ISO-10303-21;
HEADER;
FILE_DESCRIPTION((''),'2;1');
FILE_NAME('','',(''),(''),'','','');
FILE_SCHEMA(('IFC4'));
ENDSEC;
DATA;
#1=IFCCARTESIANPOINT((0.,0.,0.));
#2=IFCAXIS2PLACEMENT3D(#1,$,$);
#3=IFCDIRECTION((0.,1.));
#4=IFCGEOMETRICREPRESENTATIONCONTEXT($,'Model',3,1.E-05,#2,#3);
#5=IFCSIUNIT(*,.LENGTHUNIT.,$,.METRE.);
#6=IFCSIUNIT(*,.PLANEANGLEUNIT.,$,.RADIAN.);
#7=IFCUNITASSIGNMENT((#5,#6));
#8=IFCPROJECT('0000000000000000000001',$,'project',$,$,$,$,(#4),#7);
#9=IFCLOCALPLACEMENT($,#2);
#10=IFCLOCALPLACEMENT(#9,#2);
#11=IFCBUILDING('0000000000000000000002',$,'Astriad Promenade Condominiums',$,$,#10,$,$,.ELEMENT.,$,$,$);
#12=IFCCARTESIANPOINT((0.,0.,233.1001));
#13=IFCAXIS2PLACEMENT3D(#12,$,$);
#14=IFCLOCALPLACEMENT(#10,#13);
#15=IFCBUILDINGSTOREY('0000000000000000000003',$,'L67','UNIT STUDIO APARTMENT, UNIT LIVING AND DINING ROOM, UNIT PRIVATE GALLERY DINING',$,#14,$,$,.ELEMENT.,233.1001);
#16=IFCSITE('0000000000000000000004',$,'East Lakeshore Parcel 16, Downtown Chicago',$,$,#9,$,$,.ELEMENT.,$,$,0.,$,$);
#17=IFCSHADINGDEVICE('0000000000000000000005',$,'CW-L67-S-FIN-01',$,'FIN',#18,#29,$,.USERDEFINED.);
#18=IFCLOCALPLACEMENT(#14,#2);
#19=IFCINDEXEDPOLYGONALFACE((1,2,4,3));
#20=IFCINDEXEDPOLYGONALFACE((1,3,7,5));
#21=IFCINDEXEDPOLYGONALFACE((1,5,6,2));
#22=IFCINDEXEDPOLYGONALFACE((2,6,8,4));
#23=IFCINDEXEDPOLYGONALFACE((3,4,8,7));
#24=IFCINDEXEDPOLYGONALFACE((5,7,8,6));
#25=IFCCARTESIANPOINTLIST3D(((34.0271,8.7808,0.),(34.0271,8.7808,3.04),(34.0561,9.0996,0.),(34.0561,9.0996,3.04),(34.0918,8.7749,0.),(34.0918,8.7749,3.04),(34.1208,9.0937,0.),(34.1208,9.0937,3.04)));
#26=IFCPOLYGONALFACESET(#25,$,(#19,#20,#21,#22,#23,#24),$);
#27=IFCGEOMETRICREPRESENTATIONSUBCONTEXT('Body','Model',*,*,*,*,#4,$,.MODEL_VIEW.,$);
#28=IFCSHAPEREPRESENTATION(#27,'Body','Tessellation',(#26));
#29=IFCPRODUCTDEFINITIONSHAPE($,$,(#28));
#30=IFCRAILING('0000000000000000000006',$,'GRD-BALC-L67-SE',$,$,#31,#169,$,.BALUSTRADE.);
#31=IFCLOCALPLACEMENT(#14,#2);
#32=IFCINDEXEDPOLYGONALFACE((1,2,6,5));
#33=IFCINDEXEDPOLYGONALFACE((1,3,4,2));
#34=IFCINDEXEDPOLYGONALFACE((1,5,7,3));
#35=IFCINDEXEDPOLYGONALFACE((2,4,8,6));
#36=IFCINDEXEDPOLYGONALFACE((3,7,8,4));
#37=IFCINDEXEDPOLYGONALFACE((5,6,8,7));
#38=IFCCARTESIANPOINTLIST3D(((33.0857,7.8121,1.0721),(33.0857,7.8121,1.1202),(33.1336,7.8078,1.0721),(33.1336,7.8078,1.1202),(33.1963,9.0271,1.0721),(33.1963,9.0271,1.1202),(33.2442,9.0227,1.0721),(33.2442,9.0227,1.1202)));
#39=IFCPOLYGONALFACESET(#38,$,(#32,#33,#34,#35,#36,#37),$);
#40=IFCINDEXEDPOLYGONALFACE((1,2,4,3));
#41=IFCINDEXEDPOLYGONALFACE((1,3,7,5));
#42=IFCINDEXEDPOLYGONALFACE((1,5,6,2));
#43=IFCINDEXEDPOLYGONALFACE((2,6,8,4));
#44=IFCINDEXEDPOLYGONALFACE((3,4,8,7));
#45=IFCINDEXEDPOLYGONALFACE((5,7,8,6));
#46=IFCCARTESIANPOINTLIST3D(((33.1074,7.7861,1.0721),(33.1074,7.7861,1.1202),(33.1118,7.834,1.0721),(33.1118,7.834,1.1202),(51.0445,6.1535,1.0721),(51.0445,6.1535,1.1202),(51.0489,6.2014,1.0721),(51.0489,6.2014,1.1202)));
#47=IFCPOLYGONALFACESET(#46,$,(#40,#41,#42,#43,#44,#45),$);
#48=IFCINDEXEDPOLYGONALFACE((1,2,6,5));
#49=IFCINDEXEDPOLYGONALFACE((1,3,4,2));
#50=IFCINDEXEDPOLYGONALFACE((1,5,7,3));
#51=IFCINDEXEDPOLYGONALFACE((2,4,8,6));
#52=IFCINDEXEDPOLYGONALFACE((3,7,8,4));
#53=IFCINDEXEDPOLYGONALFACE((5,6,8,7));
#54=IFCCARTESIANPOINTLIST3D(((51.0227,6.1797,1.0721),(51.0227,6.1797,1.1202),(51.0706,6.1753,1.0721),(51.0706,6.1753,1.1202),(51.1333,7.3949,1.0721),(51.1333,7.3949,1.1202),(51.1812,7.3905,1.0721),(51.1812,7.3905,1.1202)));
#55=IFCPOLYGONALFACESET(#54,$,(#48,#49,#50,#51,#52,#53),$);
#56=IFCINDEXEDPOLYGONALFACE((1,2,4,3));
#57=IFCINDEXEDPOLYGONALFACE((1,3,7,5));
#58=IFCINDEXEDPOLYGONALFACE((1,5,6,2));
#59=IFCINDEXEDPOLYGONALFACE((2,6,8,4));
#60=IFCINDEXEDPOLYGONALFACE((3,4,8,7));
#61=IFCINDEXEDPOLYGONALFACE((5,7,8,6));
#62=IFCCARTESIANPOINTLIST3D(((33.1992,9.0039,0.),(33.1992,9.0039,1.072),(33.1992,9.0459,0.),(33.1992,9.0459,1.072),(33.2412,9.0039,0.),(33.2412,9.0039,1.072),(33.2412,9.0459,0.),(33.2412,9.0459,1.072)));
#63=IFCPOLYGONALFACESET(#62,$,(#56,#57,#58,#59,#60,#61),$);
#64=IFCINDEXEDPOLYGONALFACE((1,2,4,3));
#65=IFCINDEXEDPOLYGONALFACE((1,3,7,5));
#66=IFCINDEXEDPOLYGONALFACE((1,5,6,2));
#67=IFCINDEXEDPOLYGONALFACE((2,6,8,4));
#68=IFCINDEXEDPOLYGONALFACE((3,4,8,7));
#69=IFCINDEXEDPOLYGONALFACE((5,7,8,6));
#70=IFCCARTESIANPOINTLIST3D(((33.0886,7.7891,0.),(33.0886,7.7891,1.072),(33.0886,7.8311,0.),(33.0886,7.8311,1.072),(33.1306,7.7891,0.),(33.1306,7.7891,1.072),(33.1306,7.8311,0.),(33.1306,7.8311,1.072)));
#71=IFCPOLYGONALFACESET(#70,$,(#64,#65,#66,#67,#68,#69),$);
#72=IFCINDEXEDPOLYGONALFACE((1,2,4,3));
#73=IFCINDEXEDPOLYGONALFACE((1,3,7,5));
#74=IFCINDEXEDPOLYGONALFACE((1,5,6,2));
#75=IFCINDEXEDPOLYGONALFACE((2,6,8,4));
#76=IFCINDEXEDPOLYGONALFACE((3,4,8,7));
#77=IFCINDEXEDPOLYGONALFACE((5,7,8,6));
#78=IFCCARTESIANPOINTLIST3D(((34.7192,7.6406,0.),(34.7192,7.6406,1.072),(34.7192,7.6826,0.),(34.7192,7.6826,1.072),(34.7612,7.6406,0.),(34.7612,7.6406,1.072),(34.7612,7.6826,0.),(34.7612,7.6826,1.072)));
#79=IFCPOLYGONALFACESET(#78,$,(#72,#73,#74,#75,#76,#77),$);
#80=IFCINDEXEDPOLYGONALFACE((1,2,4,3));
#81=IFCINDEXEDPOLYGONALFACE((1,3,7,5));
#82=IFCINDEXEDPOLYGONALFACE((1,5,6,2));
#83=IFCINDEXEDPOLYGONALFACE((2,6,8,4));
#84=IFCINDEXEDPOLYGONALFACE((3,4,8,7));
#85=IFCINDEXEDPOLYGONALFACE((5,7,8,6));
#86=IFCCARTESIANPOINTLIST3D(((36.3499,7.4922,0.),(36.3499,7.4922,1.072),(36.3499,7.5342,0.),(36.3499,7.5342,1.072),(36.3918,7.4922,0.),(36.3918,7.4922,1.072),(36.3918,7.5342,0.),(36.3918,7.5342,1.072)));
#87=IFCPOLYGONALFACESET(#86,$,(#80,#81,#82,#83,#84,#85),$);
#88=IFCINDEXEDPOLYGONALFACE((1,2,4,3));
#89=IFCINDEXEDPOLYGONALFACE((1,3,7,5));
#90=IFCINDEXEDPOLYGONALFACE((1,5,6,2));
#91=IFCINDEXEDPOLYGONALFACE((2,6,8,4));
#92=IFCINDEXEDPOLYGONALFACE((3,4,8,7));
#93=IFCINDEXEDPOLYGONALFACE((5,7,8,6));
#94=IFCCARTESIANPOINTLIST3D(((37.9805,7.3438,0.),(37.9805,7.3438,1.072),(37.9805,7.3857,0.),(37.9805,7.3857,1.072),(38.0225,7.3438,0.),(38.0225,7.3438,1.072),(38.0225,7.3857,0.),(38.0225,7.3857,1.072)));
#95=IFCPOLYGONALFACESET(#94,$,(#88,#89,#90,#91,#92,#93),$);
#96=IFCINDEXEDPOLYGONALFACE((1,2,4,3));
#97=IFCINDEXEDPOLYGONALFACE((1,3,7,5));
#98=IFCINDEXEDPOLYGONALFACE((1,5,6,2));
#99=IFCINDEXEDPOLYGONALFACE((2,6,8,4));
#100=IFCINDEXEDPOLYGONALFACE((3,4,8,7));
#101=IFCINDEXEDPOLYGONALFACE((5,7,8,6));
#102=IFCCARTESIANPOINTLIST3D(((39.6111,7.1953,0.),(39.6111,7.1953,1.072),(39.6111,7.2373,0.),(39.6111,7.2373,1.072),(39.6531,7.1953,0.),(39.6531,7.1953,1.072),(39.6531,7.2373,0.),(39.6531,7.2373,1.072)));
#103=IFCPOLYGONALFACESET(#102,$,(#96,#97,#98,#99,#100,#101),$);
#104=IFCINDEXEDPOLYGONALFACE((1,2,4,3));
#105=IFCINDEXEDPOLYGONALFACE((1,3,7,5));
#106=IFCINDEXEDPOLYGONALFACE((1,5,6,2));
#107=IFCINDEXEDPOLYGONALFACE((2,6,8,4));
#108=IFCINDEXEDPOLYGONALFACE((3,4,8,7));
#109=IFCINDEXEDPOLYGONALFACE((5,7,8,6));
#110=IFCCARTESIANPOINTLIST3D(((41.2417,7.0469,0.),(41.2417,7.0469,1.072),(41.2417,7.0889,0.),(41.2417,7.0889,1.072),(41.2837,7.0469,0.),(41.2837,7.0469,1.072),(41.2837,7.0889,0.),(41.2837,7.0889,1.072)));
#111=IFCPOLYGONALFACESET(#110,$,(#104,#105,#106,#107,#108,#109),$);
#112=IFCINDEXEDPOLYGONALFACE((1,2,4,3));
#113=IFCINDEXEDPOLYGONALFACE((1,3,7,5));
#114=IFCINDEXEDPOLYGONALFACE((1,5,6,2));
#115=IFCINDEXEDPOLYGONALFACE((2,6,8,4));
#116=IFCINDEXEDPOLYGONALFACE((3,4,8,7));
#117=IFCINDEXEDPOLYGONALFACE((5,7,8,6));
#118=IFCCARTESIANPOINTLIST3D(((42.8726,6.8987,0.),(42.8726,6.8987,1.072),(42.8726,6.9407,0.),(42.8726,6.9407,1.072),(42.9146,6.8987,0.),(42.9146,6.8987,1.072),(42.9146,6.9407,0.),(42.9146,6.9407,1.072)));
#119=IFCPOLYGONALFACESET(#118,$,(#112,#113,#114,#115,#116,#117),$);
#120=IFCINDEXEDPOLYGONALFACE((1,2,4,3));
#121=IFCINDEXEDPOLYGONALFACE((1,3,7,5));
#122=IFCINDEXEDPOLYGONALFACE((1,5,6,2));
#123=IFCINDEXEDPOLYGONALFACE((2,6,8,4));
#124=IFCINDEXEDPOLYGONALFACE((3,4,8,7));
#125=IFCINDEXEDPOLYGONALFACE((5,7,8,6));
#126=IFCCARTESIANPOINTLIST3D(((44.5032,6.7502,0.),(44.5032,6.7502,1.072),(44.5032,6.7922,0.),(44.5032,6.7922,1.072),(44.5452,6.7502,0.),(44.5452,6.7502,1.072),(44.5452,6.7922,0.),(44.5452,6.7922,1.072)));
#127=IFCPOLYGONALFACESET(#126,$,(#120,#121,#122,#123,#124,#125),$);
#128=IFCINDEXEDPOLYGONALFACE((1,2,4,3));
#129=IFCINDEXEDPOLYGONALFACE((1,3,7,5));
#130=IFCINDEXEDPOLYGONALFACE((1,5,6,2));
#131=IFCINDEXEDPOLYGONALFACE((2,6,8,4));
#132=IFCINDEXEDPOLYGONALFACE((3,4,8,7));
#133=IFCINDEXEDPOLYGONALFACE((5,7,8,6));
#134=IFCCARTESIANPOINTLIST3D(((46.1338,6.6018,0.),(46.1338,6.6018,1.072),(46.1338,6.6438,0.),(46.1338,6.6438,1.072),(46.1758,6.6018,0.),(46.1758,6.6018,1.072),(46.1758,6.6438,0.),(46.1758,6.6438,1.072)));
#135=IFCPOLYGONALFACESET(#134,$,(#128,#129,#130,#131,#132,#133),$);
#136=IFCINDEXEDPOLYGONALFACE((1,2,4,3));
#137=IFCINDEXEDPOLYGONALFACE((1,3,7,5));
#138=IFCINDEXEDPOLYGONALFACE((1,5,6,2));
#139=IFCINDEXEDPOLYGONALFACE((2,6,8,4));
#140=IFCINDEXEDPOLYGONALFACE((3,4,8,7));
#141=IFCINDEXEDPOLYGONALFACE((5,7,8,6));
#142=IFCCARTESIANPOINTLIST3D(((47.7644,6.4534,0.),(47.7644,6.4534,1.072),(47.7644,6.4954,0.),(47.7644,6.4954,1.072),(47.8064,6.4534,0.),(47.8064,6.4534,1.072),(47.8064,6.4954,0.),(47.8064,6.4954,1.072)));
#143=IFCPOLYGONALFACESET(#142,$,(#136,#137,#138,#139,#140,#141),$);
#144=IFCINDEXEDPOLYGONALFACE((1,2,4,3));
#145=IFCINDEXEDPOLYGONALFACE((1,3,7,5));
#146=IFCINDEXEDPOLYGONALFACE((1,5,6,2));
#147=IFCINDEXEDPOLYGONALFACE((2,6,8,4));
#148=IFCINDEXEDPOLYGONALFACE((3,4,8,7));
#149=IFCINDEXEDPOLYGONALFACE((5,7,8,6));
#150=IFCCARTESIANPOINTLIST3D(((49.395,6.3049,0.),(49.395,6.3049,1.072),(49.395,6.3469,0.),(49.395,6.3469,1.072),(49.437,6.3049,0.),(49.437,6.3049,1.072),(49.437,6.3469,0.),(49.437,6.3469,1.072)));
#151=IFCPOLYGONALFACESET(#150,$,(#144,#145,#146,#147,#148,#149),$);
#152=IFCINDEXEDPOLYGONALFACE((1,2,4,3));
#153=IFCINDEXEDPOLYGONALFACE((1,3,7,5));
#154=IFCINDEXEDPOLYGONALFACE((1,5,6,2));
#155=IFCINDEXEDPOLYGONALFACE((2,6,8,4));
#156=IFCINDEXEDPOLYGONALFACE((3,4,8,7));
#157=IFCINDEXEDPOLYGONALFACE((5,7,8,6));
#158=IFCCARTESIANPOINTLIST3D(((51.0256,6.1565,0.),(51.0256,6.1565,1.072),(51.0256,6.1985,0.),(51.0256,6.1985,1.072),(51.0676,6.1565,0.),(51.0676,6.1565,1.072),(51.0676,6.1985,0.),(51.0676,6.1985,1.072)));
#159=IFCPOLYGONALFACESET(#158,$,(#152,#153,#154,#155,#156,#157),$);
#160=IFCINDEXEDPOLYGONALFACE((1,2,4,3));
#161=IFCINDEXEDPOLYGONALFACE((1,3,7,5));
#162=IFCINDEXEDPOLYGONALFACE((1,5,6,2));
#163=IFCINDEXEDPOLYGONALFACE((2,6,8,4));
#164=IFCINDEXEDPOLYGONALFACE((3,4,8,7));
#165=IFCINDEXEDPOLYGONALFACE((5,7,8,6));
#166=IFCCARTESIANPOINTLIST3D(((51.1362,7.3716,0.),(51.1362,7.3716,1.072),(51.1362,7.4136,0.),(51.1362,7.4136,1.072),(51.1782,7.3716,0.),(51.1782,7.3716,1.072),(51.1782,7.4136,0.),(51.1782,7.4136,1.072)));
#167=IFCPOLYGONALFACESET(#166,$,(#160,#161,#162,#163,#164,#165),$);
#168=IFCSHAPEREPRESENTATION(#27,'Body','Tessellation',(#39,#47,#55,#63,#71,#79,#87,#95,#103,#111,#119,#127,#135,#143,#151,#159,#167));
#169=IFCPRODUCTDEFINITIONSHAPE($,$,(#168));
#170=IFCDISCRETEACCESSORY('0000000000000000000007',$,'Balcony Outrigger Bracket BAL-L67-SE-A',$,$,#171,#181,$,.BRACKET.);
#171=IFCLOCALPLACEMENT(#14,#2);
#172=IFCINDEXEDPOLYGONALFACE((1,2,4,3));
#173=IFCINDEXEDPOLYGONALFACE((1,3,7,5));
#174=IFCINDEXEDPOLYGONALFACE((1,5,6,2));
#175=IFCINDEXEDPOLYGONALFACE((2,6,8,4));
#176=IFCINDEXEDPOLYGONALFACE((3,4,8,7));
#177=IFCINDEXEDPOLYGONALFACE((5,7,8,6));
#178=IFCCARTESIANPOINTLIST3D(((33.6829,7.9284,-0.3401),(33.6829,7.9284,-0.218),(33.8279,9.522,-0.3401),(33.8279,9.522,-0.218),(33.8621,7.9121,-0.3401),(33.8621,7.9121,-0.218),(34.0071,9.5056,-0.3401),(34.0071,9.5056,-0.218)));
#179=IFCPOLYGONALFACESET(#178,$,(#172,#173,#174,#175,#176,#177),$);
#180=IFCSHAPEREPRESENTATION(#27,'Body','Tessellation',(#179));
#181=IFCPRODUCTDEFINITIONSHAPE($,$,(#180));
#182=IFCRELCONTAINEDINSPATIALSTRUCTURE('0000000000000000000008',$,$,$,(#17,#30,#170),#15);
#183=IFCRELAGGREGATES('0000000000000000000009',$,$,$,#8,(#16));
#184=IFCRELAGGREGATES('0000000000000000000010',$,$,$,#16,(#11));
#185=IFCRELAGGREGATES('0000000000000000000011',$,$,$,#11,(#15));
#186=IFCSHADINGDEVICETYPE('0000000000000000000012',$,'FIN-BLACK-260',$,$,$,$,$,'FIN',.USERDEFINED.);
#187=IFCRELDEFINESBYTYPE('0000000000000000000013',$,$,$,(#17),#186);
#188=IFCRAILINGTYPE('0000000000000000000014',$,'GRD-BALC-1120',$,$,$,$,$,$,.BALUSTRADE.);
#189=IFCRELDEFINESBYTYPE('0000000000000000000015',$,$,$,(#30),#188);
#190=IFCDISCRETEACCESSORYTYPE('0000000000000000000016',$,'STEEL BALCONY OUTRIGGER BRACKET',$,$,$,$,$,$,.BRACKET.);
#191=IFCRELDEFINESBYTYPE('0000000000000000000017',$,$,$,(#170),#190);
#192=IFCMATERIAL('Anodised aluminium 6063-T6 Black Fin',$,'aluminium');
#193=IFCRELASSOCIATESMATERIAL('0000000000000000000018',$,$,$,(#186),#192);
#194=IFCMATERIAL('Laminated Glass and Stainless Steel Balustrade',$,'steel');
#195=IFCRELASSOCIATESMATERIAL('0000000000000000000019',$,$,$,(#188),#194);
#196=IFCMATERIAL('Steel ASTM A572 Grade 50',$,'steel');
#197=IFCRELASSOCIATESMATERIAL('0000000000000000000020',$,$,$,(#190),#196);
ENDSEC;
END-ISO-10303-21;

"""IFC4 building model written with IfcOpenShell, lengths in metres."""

from ifc_helpers import new_model, si_unit, direction, frame, origin, origin_2d, place, context, subcontext, project, spatial, rectangle, extrude, source, transform, mapped, material, type_object, type_shapes, element, save


model = new_model("IFC4")

# Units and contexts
model_context = context("Model", 3, precision=1e-05, world=origin(), true_north=direction((0.0, 1.0)))
body_context = subcontext(model_context, "Body", "Model", "MODEL_VIEW")
ifc_project = project(units=[si_unit("LENGTHUNIT", "METRE"), si_unit("PLANEANGLEUNIT", "RADIAN")], contexts=[model_context])

# Site, building, storey
site_placement = place(None, origin())
site = spatial("IfcSite", under=ifc_project, at=site_placement, Name="East Lakeshore Parcel 16, Downtown Chicago", CompositionType="ELEMENT", RefElevation=0.0)
building_placement = place(site_placement, origin())
building = spatial("IfcBuilding", under=site, at=building_placement, Name="Astriad Promenade Condominiums", CompositionType="ELEMENT")
storey_placement = place(building_placement, frame((0.0, 0.0, 233.1001)))
storey = spatial("IfcBuildingStorey", under=building, at=storey_placement, Name="L67", Description="UNIT STUDIO APARTMENT, UNIT LIVING AND DINING ROOM, UNIT PRIVATE GALLERY DINING", CompositionType="ELEMENT", Elevation=233.1001)

# Shading device
ifc_material_1 = material(Name="Anodised aluminium 6063-T6 Black Fin", Category="aluminium")
shading_device_type = type_object("IfcShadingDeviceType", Name="FIN-BLACK-260", ElementType="FIN", PredefinedType="USERDEFINED", material=ifc_material_1)
shared_shape_1 = source(origin(), body_context, "Body", "SweptSolid", [
    extrude(rectangle(XDim=0.0649, YDim=0.3201, at=origin_2d()), origin(), (0.0, 0.0, 1.0), 3.04),
])
type_shapes(shading_device_type, [shared_shape_1])
shading_device_placement = place(storey_placement, frame((34.074, 8.9373, 0.0), z_axis=(0.0, 0.0, 1.0), x_axis=(-0.995884, 0.090633, 0.0)))
element("IfcShadingDevice", 1, at=shading_device_placement, inside=storey, type_object=shading_device_type, Name="CW-L67-S-FIN-01", ObjectType="FIN", PredefinedType="USERDEFINED", context=body_context, shape_type="MappedRepresentation", body=[
    mapped(shared_shape_1, transform((0.0, 0.0, 0.0), scale=1.0)),
])

# Railing
ifc_material_2 = material(Name="Laminated Glass and Stainless Steel Balustrade", Category="steel")
railing_type = type_object("IfcRailingType", Name="GRD-BALC-1120", PredefinedType="BALUSTRADE", material=ifc_material_2)
shared_shape_2 = source(origin(), body_context, "Body", "SweptSolid", [
    extrude(rectangle(XDim=0.0481, YDim=0.0481, at=origin_2d()), frame((0.0, 0.0, 1.0962), z_axis=(-0.090662, -0.995882, 0.0), x_axis=(0.995882, -0.090662, 0.0)), (0.0, 0.0, 1.0), 1.22),
    extrude(rectangle(XDim=0.0481, YDim=0.0481, at=origin_2d()), frame((-0.1106, -1.2148, 1.0962), z_axis=(0.995884, -0.090642, 0.0), x_axis=(0.090642, 0.995884, 0.0)), (0.0, 0.0, 1.0), 18.0112),
    extrude(rectangle(XDim=0.0481, YDim=0.0481, at=origin_2d()), frame((17.8264, -2.8474, 1.0962), z_axis=(0.090644, 0.995883, 0.0), x_axis=(-0.995883, 0.090644, 0.0)), (0.0, 0.0, 1.0), 1.2202),
    extrude(rectangle(XDim=0.042, YDim=0.042, at=origin_2d()), origin(), (0.0, 0.0, 1.0), 1.072),
    extrude(rectangle(XDim=0.042, YDim=0.042, at=origin_2d()), frame((-0.1106, -1.2148, 0.0)), (0.0, 0.0, 1.0), 1.072),
    extrude(rectangle(XDim=0.042, YDim=0.042, at=origin_2d()), frame((1.52, -1.3633, 0.0)), (0.0, 0.0, 1.0), 1.072),
    extrude(rectangle(XDim=0.042, YDim=0.042, at=origin_2d()), frame((3.1506, -1.5117, 0.0)), (0.0, 0.0, 1.0), 1.072),
    extrude(rectangle(XDim=0.042, YDim=0.042, at=origin_2d()), frame((4.7812, -1.6602, 0.0)), (0.0, 0.0, 1.0), 1.072),
    extrude(rectangle(XDim=0.042, YDim=0.042, at=origin_2d()), frame((6.4119, -1.8086, 0.0)), (0.0, 0.0, 1.0), 1.072),
    extrude(rectangle(XDim=0.042, YDim=0.042, at=origin_2d()), frame((8.0425, -1.957, 0.0)), (0.0, 0.0, 1.0), 1.072),
    extrude(rectangle(XDim=0.042, YDim=0.042, at=origin_2d()), frame((9.6733, -2.1052, 0.0)), (0.0, 0.0, 1.0), 1.072),
    extrude(rectangle(XDim=0.042, YDim=0.042, at=origin_2d()), frame((11.304, -2.2537, 0.0)), (0.0, 0.0, 1.0), 1.072),
    extrude(rectangle(XDim=0.042, YDim=0.042, at=origin_2d()), frame((12.9346, -2.4021, 0.0)), (0.0, 0.0, 1.0), 1.072),
    extrude(rectangle(XDim=0.042, YDim=0.042, at=origin_2d()), frame((14.5652, -2.5505, 0.0)), (0.0, 0.0, 1.0), 1.072),
    extrude(rectangle(XDim=0.042, YDim=0.042, at=origin_2d()), frame((16.1958, -2.699, 0.0)), (0.0, 0.0, 1.0), 1.072),
    extrude(rectangle(XDim=0.042, YDim=0.042, at=origin_2d()), frame((17.8264, -2.8474, 0.0)), (0.0, 0.0, 1.0), 1.072),
    extrude(rectangle(XDim=0.042, YDim=0.042, at=origin_2d()), frame((17.937, -1.6323, 0.0)), (0.0, 0.0, 1.0), 1.072),
])
type_shapes(railing_type, [shared_shape_2])
railing_placement = place(storey_placement, frame((33.2202, 9.0249, 0.0)))
element("IfcRailing", 2, at=railing_placement, inside=storey, type_object=railing_type, Name="GRD-BALC-L67-SE", PredefinedType="BALUSTRADE", context=body_context, shape_type="MappedRepresentation", body=[
    mapped(shared_shape_2, transform((0.0, 0.0, 0.0), scale=1.0)),
])

# Discrete accessory
ifc_material_3 = material(Name="Steel ASTM A572 Grade 50", Category="steel")
discrete_accessory_type = type_object("IfcDiscreteAccessoryType", Name="STEEL BALCONY OUTRIGGER BRACKET", PredefinedType="BRACKET", material=ifc_material_3)
shared_shape_3 = source(origin(), body_context, "Body", "SweptSolid", [
    extrude(rectangle(XDim=1.6001, YDim=0.1799, at=origin_2d()), origin(), (0.0, 0.0, 1.0), 0.1221),
])
type_shapes(discrete_accessory_type, [shared_shape_3])
discrete_accessory_placement = place(storey_placement, frame((33.845, 8.717, -0.3401), z_axis=(0.0, 0.0, 1.0), x_axis=(-0.090633, -0.995884, 0.0)))
element("IfcDiscreteAccessory", 3, at=discrete_accessory_placement, inside=storey, type_object=discrete_accessory_type, Name="Balcony Outrigger Bracket BAL-L67-SE-A", PredefinedType="BRACKET", context=body_context, shape_type="MappedRepresentation", body=[
    mapped(shared_shape_3, transform((0.0, 0.0, 0.0), scale=1.0)),
])

save(model, "model.ifc")
